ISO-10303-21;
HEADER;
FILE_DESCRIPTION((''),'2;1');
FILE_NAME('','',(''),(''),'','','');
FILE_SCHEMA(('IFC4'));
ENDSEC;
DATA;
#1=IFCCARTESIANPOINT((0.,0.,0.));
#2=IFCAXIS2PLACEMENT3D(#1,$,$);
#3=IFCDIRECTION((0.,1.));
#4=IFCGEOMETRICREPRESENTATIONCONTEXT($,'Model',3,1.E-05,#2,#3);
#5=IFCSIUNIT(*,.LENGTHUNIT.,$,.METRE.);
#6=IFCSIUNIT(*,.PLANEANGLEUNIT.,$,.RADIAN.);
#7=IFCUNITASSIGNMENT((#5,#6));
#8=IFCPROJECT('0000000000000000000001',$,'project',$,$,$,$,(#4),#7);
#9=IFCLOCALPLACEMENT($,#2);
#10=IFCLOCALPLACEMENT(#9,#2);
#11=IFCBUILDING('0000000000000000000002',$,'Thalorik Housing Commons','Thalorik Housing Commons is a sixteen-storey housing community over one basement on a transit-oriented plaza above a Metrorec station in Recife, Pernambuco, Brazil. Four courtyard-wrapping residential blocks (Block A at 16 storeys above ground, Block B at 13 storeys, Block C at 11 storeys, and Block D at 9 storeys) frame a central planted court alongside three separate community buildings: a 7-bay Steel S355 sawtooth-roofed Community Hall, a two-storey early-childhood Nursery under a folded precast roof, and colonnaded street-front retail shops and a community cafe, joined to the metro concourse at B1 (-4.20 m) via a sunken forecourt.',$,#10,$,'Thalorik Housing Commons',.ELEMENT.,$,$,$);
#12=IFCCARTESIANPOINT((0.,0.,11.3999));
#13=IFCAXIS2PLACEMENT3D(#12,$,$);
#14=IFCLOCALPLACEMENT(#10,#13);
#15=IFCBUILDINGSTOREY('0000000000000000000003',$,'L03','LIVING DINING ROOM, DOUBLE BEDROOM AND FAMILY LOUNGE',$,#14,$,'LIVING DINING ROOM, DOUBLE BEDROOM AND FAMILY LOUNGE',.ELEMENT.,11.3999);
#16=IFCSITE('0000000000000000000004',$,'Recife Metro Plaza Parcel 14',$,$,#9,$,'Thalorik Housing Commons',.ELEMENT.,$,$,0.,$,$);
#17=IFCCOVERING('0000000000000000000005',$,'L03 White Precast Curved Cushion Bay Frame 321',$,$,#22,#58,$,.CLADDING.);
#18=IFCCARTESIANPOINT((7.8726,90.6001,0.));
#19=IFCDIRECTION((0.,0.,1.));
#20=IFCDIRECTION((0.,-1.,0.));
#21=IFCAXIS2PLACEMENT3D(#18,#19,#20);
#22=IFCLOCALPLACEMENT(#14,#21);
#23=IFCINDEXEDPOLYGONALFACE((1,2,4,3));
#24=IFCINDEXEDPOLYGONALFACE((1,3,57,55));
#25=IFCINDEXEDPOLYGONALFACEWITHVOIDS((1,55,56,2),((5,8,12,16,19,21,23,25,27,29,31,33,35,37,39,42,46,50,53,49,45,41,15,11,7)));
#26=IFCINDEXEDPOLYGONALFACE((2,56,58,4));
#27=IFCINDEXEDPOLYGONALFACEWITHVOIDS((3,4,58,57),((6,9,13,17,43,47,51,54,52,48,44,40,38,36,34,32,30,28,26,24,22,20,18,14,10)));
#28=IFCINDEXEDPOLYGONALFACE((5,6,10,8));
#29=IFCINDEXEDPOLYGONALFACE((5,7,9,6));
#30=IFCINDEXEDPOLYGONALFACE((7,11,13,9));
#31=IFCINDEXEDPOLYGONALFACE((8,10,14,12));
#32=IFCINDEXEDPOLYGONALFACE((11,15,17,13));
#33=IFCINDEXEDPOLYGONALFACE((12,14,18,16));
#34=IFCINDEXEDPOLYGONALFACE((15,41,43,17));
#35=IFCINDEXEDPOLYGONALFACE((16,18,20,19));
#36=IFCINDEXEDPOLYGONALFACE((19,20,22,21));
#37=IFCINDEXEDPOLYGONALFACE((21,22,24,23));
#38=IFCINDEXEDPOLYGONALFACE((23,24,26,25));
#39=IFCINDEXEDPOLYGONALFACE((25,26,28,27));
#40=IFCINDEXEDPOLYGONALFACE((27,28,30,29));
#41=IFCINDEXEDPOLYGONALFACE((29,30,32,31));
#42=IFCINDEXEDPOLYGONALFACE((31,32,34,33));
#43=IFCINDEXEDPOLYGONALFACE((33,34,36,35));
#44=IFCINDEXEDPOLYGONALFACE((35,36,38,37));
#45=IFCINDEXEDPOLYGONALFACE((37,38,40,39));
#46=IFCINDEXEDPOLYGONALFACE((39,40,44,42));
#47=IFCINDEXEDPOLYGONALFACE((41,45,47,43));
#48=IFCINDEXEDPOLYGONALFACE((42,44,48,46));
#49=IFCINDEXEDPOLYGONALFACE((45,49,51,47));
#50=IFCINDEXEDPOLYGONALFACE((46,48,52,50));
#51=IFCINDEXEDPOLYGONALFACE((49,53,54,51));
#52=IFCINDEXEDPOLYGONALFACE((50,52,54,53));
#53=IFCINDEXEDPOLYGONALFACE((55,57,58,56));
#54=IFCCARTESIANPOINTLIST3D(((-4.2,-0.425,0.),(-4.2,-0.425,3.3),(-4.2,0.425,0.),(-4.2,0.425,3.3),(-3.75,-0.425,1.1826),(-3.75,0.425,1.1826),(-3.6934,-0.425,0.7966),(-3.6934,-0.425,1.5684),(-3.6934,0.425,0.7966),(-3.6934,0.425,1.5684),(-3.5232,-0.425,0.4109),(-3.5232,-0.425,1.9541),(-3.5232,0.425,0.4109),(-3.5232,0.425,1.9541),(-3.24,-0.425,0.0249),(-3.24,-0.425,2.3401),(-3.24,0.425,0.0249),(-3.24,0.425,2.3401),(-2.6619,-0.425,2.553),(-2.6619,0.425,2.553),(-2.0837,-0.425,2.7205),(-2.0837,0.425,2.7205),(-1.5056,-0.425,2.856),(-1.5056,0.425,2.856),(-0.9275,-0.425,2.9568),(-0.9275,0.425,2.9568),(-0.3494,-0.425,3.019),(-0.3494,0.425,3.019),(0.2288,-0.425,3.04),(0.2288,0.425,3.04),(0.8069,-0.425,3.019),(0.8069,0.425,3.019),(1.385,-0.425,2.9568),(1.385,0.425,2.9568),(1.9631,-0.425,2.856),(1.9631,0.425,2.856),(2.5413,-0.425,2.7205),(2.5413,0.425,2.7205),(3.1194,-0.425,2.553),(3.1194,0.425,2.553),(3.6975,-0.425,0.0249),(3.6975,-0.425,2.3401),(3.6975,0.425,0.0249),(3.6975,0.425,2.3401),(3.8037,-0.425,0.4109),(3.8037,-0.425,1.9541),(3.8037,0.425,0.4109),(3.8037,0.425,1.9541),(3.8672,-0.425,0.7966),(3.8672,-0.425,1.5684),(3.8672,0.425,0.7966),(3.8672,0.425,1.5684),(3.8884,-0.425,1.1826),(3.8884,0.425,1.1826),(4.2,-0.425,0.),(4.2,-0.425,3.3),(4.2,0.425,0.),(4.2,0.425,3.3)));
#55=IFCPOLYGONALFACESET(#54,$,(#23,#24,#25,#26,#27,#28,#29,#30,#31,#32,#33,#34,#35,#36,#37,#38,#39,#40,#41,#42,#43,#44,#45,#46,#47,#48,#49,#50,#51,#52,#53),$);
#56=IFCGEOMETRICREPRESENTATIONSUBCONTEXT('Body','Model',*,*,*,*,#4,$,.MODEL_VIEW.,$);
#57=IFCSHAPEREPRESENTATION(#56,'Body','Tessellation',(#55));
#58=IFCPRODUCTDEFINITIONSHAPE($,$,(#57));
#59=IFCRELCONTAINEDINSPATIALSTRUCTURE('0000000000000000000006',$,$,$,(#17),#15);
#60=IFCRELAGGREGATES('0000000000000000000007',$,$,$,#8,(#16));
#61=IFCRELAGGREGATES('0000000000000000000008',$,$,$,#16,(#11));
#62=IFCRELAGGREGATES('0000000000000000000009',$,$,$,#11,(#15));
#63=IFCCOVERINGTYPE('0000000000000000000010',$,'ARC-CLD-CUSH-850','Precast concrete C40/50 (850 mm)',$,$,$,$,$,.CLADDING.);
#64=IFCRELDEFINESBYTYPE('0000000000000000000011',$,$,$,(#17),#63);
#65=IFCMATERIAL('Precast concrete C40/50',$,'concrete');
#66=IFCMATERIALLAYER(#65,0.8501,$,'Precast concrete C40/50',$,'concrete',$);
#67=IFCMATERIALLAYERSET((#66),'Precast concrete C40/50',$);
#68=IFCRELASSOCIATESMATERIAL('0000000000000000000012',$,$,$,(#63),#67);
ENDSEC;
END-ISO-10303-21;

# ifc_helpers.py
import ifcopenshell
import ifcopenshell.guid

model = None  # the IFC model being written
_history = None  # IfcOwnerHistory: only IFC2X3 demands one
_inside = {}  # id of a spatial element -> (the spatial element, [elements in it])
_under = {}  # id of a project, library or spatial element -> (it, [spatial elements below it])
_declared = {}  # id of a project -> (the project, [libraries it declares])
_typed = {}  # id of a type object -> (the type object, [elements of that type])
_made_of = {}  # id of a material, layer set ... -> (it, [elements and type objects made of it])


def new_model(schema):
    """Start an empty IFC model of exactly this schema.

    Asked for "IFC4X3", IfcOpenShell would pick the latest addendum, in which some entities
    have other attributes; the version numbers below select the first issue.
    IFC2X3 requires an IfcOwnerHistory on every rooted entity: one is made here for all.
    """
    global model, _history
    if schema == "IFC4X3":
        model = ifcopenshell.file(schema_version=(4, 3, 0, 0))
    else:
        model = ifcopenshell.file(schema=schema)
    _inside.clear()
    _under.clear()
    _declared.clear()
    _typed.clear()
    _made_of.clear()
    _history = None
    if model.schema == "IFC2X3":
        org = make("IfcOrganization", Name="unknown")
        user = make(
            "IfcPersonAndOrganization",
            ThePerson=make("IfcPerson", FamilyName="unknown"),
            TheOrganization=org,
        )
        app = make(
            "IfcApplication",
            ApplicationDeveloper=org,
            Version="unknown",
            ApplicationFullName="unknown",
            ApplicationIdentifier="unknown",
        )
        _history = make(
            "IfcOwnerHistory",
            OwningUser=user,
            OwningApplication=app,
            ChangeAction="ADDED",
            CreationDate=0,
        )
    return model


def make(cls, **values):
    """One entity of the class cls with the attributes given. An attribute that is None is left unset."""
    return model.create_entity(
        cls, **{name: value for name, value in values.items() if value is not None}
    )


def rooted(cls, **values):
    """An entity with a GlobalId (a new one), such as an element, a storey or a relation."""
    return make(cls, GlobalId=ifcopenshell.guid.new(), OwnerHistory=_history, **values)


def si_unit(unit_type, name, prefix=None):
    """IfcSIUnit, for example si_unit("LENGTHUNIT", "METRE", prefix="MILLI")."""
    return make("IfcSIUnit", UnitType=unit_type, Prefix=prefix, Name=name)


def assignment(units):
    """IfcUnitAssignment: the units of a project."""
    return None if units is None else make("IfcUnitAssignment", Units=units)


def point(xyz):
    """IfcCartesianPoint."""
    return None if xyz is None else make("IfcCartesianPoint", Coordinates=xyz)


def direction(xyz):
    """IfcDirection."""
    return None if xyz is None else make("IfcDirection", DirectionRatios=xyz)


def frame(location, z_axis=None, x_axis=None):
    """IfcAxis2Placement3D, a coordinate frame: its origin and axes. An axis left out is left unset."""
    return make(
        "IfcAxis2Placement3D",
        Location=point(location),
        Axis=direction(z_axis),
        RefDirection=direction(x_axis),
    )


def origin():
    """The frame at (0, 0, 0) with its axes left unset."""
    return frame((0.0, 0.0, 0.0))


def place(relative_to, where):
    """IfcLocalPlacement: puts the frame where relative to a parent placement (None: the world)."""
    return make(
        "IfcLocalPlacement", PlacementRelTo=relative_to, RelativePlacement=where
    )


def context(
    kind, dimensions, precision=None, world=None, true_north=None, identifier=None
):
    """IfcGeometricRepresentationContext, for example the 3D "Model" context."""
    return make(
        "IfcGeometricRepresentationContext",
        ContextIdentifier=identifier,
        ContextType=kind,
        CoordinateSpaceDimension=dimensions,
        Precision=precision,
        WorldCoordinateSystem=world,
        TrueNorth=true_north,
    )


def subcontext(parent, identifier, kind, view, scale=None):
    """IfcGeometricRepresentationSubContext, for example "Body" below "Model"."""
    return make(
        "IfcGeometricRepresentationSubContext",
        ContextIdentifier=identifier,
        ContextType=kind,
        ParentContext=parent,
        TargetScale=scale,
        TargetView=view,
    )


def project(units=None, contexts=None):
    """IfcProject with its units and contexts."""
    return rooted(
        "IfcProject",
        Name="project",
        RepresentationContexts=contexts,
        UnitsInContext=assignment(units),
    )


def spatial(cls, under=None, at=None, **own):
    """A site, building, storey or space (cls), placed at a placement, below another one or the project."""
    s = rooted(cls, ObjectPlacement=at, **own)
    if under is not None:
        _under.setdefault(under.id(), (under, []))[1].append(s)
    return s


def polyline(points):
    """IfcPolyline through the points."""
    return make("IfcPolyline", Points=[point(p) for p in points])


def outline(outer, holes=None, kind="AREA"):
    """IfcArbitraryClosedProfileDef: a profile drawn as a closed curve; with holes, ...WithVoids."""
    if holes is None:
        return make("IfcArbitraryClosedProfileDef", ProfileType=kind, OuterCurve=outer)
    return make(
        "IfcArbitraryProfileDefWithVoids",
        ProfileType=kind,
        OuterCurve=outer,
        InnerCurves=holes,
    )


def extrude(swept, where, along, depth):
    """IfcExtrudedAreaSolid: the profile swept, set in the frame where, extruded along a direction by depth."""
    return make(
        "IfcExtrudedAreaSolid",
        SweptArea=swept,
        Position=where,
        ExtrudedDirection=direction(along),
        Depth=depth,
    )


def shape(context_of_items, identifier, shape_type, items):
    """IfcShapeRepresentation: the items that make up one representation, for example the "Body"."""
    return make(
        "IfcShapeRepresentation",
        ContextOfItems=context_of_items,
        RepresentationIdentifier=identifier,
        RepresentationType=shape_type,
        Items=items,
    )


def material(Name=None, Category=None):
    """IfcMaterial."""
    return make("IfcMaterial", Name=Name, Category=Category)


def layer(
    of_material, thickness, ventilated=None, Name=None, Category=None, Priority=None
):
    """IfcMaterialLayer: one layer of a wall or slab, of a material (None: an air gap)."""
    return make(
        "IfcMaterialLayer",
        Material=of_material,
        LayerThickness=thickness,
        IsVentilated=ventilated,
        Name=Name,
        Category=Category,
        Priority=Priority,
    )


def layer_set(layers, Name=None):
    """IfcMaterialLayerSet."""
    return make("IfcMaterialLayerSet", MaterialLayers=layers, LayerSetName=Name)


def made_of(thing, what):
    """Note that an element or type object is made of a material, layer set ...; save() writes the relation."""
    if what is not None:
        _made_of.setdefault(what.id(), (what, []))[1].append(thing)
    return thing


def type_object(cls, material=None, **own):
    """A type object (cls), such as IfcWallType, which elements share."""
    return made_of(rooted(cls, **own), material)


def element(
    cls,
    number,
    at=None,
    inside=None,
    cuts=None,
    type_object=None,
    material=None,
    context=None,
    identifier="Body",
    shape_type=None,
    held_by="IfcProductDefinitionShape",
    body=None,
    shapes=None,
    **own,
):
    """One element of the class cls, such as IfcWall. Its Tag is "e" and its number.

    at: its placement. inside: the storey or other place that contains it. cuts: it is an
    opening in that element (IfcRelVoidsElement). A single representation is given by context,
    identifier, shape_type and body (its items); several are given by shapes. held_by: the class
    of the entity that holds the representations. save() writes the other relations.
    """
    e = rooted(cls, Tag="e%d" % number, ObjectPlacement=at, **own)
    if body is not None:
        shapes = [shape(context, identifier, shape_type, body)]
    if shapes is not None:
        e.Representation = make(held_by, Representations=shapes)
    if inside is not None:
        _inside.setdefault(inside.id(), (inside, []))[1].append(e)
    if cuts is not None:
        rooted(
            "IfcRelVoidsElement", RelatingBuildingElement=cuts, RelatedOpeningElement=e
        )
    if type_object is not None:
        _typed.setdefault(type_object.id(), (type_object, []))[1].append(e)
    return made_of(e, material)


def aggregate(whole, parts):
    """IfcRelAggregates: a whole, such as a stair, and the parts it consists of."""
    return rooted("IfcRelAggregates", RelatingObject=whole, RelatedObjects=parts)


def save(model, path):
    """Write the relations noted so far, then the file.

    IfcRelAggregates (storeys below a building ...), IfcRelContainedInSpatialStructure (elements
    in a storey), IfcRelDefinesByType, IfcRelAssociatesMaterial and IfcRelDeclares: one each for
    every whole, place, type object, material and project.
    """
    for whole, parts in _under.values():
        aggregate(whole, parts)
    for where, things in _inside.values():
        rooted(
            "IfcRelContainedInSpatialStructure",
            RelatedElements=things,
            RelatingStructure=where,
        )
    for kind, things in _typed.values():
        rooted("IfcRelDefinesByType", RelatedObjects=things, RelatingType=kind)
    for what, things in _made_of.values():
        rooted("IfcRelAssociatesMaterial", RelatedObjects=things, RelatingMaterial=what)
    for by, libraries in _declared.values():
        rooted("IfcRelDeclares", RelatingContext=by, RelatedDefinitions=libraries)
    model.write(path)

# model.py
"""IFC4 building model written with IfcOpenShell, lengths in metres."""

from ifc_helpers import new_model, si_unit, direction, frame, origin, place, context, subcontext, project, spatial, polyline, outline, extrude, material, layer, layer_set, type_object, element, save


model = new_model("IFC4")

# Units and contexts
model_context = context("Model", 3, precision=1e-05, world=origin(), true_north=direction((0.0, 1.0)))
body_context = subcontext(model_context, "Body", "Model", "MODEL_VIEW")
ifc_project = project(units=[si_unit("LENGTHUNIT", "METRE"), si_unit("PLANEANGLEUNIT", "RADIAN")], contexts=[model_context])

# Site, building, storey
site_placement = place(None, origin())
site = spatial("IfcSite", under=ifc_project, at=site_placement, Name="Recife Metro Plaza Parcel 14", LongName="Thalorik Housing Commons", CompositionType="ELEMENT", RefElevation=0.0)
building_placement = place(site_placement, origin())
building = spatial("IfcBuilding", under=site, at=building_placement, Name="Thalorik Housing Commons", Description="Thalorik Housing Commons is a sixteen-storey housing community over one basement on a transit-oriented plaza above a Metrorec station in Recife, Pernambuco, Brazil. Four courtyard-wrapping residential blocks (Block A at 16 storeys above ground, Block B at 13 storeys, Block C at 11 storeys, and Block D at 9 storeys) frame a central planted court alongside three separate community buildings: a 7-bay Steel S355 sawtooth-roofed Community Hall, a two-storey early-childhood Nursery under a folded precast roof, and colonnaded street-front retail shops and a community cafe, joined to the metro concourse at B1 (-4.20 m) via a sunken forecourt.", LongName="Thalorik Housing Commons", CompositionType="ELEMENT")
storey_placement = place(building_placement, frame((0.0, 0.0, 11.3999)))
storey = spatial("IfcBuildingStorey", under=building, at=storey_placement, Name="L03", Description="LIVING DINING ROOM, DOUBLE BEDROOM AND FAMILY LOUNGE", LongName="LIVING DINING ROOM, DOUBLE BEDROOM AND FAMILY LOUNGE", CompositionType="ELEMENT", Elevation=11.3999)

# Shared definitions
ifc_material_1 = material(Name="Precast concrete C40/50", Category="concrete")

# Covering
ifc_layer_1 = layer(ifc_material_1, 0.8501, Name="Precast concrete C40/50", Category="concrete")
ifc_layer_set_1 = layer_set([ifc_layer_1], Name="Precast concrete C40/50")
covering_type_1 = type_object("IfcCoveringType", Name="ARC-CLD-CUSH-850", Description="Precast concrete C40/50 (850 mm)", PredefinedType="CLADDING", material=ifc_layer_set_1)
covering_1_placement = place(storey_placement, frame((7.8726, 90.6001, 0.0), z_axis=(0.0, 0.0, 1.0), x_axis=(0.0, -1.0, 0.0)))
element("IfcCovering", 1, at=covering_1_placement, inside=storey, type_object=covering_type_1, Name="L03 White Precast Curved Cushion Bay Frame 321", PredefinedType="CLADDING", context=body_context, shape_type="SweptSolid", body=[
    extrude(outline(polyline([(-4.2, 0.0), (4.2, 0.0), (4.2, 3.3), (-4.2, 3.3), (-4.2, 0.0)]), holes=[polyline([(3.6975, 0.0249), (3.8037, 0.4109), (3.8672, 0.7966), (3.8884, 1.1826), (3.8672, 1.5684), (3.8037, 1.9541), (3.6975, 2.3401), (3.1194, 2.553), (2.5413, 2.7205), (1.9631, 2.856), (1.385, 2.9568), (0.8069, 3.019), (0.2288, 3.04), (-0.3494, 3.019), (-0.9275, 2.9568), (-1.5056, 2.856), (-2.0837, 2.7205), (-2.6619, 2.553), (-3.24, 2.3401), (-3.5232, 1.9541), (-3.6934, 1.5684), (-3.75, 1.1826), (-3.6934, 0.7966), (-3.5232, 0.4109), (-3.24, 0.0249), (3.6975, 0.0249)])]), frame((0.0, 0.425, 0.0), z_axis=(0.0, -1.0, 0.0), x_axis=(1.0, 0.0, 0.0)), (0.0, 0.0, 1.0), 0.8501),
])

save(model, "model.ifc")
